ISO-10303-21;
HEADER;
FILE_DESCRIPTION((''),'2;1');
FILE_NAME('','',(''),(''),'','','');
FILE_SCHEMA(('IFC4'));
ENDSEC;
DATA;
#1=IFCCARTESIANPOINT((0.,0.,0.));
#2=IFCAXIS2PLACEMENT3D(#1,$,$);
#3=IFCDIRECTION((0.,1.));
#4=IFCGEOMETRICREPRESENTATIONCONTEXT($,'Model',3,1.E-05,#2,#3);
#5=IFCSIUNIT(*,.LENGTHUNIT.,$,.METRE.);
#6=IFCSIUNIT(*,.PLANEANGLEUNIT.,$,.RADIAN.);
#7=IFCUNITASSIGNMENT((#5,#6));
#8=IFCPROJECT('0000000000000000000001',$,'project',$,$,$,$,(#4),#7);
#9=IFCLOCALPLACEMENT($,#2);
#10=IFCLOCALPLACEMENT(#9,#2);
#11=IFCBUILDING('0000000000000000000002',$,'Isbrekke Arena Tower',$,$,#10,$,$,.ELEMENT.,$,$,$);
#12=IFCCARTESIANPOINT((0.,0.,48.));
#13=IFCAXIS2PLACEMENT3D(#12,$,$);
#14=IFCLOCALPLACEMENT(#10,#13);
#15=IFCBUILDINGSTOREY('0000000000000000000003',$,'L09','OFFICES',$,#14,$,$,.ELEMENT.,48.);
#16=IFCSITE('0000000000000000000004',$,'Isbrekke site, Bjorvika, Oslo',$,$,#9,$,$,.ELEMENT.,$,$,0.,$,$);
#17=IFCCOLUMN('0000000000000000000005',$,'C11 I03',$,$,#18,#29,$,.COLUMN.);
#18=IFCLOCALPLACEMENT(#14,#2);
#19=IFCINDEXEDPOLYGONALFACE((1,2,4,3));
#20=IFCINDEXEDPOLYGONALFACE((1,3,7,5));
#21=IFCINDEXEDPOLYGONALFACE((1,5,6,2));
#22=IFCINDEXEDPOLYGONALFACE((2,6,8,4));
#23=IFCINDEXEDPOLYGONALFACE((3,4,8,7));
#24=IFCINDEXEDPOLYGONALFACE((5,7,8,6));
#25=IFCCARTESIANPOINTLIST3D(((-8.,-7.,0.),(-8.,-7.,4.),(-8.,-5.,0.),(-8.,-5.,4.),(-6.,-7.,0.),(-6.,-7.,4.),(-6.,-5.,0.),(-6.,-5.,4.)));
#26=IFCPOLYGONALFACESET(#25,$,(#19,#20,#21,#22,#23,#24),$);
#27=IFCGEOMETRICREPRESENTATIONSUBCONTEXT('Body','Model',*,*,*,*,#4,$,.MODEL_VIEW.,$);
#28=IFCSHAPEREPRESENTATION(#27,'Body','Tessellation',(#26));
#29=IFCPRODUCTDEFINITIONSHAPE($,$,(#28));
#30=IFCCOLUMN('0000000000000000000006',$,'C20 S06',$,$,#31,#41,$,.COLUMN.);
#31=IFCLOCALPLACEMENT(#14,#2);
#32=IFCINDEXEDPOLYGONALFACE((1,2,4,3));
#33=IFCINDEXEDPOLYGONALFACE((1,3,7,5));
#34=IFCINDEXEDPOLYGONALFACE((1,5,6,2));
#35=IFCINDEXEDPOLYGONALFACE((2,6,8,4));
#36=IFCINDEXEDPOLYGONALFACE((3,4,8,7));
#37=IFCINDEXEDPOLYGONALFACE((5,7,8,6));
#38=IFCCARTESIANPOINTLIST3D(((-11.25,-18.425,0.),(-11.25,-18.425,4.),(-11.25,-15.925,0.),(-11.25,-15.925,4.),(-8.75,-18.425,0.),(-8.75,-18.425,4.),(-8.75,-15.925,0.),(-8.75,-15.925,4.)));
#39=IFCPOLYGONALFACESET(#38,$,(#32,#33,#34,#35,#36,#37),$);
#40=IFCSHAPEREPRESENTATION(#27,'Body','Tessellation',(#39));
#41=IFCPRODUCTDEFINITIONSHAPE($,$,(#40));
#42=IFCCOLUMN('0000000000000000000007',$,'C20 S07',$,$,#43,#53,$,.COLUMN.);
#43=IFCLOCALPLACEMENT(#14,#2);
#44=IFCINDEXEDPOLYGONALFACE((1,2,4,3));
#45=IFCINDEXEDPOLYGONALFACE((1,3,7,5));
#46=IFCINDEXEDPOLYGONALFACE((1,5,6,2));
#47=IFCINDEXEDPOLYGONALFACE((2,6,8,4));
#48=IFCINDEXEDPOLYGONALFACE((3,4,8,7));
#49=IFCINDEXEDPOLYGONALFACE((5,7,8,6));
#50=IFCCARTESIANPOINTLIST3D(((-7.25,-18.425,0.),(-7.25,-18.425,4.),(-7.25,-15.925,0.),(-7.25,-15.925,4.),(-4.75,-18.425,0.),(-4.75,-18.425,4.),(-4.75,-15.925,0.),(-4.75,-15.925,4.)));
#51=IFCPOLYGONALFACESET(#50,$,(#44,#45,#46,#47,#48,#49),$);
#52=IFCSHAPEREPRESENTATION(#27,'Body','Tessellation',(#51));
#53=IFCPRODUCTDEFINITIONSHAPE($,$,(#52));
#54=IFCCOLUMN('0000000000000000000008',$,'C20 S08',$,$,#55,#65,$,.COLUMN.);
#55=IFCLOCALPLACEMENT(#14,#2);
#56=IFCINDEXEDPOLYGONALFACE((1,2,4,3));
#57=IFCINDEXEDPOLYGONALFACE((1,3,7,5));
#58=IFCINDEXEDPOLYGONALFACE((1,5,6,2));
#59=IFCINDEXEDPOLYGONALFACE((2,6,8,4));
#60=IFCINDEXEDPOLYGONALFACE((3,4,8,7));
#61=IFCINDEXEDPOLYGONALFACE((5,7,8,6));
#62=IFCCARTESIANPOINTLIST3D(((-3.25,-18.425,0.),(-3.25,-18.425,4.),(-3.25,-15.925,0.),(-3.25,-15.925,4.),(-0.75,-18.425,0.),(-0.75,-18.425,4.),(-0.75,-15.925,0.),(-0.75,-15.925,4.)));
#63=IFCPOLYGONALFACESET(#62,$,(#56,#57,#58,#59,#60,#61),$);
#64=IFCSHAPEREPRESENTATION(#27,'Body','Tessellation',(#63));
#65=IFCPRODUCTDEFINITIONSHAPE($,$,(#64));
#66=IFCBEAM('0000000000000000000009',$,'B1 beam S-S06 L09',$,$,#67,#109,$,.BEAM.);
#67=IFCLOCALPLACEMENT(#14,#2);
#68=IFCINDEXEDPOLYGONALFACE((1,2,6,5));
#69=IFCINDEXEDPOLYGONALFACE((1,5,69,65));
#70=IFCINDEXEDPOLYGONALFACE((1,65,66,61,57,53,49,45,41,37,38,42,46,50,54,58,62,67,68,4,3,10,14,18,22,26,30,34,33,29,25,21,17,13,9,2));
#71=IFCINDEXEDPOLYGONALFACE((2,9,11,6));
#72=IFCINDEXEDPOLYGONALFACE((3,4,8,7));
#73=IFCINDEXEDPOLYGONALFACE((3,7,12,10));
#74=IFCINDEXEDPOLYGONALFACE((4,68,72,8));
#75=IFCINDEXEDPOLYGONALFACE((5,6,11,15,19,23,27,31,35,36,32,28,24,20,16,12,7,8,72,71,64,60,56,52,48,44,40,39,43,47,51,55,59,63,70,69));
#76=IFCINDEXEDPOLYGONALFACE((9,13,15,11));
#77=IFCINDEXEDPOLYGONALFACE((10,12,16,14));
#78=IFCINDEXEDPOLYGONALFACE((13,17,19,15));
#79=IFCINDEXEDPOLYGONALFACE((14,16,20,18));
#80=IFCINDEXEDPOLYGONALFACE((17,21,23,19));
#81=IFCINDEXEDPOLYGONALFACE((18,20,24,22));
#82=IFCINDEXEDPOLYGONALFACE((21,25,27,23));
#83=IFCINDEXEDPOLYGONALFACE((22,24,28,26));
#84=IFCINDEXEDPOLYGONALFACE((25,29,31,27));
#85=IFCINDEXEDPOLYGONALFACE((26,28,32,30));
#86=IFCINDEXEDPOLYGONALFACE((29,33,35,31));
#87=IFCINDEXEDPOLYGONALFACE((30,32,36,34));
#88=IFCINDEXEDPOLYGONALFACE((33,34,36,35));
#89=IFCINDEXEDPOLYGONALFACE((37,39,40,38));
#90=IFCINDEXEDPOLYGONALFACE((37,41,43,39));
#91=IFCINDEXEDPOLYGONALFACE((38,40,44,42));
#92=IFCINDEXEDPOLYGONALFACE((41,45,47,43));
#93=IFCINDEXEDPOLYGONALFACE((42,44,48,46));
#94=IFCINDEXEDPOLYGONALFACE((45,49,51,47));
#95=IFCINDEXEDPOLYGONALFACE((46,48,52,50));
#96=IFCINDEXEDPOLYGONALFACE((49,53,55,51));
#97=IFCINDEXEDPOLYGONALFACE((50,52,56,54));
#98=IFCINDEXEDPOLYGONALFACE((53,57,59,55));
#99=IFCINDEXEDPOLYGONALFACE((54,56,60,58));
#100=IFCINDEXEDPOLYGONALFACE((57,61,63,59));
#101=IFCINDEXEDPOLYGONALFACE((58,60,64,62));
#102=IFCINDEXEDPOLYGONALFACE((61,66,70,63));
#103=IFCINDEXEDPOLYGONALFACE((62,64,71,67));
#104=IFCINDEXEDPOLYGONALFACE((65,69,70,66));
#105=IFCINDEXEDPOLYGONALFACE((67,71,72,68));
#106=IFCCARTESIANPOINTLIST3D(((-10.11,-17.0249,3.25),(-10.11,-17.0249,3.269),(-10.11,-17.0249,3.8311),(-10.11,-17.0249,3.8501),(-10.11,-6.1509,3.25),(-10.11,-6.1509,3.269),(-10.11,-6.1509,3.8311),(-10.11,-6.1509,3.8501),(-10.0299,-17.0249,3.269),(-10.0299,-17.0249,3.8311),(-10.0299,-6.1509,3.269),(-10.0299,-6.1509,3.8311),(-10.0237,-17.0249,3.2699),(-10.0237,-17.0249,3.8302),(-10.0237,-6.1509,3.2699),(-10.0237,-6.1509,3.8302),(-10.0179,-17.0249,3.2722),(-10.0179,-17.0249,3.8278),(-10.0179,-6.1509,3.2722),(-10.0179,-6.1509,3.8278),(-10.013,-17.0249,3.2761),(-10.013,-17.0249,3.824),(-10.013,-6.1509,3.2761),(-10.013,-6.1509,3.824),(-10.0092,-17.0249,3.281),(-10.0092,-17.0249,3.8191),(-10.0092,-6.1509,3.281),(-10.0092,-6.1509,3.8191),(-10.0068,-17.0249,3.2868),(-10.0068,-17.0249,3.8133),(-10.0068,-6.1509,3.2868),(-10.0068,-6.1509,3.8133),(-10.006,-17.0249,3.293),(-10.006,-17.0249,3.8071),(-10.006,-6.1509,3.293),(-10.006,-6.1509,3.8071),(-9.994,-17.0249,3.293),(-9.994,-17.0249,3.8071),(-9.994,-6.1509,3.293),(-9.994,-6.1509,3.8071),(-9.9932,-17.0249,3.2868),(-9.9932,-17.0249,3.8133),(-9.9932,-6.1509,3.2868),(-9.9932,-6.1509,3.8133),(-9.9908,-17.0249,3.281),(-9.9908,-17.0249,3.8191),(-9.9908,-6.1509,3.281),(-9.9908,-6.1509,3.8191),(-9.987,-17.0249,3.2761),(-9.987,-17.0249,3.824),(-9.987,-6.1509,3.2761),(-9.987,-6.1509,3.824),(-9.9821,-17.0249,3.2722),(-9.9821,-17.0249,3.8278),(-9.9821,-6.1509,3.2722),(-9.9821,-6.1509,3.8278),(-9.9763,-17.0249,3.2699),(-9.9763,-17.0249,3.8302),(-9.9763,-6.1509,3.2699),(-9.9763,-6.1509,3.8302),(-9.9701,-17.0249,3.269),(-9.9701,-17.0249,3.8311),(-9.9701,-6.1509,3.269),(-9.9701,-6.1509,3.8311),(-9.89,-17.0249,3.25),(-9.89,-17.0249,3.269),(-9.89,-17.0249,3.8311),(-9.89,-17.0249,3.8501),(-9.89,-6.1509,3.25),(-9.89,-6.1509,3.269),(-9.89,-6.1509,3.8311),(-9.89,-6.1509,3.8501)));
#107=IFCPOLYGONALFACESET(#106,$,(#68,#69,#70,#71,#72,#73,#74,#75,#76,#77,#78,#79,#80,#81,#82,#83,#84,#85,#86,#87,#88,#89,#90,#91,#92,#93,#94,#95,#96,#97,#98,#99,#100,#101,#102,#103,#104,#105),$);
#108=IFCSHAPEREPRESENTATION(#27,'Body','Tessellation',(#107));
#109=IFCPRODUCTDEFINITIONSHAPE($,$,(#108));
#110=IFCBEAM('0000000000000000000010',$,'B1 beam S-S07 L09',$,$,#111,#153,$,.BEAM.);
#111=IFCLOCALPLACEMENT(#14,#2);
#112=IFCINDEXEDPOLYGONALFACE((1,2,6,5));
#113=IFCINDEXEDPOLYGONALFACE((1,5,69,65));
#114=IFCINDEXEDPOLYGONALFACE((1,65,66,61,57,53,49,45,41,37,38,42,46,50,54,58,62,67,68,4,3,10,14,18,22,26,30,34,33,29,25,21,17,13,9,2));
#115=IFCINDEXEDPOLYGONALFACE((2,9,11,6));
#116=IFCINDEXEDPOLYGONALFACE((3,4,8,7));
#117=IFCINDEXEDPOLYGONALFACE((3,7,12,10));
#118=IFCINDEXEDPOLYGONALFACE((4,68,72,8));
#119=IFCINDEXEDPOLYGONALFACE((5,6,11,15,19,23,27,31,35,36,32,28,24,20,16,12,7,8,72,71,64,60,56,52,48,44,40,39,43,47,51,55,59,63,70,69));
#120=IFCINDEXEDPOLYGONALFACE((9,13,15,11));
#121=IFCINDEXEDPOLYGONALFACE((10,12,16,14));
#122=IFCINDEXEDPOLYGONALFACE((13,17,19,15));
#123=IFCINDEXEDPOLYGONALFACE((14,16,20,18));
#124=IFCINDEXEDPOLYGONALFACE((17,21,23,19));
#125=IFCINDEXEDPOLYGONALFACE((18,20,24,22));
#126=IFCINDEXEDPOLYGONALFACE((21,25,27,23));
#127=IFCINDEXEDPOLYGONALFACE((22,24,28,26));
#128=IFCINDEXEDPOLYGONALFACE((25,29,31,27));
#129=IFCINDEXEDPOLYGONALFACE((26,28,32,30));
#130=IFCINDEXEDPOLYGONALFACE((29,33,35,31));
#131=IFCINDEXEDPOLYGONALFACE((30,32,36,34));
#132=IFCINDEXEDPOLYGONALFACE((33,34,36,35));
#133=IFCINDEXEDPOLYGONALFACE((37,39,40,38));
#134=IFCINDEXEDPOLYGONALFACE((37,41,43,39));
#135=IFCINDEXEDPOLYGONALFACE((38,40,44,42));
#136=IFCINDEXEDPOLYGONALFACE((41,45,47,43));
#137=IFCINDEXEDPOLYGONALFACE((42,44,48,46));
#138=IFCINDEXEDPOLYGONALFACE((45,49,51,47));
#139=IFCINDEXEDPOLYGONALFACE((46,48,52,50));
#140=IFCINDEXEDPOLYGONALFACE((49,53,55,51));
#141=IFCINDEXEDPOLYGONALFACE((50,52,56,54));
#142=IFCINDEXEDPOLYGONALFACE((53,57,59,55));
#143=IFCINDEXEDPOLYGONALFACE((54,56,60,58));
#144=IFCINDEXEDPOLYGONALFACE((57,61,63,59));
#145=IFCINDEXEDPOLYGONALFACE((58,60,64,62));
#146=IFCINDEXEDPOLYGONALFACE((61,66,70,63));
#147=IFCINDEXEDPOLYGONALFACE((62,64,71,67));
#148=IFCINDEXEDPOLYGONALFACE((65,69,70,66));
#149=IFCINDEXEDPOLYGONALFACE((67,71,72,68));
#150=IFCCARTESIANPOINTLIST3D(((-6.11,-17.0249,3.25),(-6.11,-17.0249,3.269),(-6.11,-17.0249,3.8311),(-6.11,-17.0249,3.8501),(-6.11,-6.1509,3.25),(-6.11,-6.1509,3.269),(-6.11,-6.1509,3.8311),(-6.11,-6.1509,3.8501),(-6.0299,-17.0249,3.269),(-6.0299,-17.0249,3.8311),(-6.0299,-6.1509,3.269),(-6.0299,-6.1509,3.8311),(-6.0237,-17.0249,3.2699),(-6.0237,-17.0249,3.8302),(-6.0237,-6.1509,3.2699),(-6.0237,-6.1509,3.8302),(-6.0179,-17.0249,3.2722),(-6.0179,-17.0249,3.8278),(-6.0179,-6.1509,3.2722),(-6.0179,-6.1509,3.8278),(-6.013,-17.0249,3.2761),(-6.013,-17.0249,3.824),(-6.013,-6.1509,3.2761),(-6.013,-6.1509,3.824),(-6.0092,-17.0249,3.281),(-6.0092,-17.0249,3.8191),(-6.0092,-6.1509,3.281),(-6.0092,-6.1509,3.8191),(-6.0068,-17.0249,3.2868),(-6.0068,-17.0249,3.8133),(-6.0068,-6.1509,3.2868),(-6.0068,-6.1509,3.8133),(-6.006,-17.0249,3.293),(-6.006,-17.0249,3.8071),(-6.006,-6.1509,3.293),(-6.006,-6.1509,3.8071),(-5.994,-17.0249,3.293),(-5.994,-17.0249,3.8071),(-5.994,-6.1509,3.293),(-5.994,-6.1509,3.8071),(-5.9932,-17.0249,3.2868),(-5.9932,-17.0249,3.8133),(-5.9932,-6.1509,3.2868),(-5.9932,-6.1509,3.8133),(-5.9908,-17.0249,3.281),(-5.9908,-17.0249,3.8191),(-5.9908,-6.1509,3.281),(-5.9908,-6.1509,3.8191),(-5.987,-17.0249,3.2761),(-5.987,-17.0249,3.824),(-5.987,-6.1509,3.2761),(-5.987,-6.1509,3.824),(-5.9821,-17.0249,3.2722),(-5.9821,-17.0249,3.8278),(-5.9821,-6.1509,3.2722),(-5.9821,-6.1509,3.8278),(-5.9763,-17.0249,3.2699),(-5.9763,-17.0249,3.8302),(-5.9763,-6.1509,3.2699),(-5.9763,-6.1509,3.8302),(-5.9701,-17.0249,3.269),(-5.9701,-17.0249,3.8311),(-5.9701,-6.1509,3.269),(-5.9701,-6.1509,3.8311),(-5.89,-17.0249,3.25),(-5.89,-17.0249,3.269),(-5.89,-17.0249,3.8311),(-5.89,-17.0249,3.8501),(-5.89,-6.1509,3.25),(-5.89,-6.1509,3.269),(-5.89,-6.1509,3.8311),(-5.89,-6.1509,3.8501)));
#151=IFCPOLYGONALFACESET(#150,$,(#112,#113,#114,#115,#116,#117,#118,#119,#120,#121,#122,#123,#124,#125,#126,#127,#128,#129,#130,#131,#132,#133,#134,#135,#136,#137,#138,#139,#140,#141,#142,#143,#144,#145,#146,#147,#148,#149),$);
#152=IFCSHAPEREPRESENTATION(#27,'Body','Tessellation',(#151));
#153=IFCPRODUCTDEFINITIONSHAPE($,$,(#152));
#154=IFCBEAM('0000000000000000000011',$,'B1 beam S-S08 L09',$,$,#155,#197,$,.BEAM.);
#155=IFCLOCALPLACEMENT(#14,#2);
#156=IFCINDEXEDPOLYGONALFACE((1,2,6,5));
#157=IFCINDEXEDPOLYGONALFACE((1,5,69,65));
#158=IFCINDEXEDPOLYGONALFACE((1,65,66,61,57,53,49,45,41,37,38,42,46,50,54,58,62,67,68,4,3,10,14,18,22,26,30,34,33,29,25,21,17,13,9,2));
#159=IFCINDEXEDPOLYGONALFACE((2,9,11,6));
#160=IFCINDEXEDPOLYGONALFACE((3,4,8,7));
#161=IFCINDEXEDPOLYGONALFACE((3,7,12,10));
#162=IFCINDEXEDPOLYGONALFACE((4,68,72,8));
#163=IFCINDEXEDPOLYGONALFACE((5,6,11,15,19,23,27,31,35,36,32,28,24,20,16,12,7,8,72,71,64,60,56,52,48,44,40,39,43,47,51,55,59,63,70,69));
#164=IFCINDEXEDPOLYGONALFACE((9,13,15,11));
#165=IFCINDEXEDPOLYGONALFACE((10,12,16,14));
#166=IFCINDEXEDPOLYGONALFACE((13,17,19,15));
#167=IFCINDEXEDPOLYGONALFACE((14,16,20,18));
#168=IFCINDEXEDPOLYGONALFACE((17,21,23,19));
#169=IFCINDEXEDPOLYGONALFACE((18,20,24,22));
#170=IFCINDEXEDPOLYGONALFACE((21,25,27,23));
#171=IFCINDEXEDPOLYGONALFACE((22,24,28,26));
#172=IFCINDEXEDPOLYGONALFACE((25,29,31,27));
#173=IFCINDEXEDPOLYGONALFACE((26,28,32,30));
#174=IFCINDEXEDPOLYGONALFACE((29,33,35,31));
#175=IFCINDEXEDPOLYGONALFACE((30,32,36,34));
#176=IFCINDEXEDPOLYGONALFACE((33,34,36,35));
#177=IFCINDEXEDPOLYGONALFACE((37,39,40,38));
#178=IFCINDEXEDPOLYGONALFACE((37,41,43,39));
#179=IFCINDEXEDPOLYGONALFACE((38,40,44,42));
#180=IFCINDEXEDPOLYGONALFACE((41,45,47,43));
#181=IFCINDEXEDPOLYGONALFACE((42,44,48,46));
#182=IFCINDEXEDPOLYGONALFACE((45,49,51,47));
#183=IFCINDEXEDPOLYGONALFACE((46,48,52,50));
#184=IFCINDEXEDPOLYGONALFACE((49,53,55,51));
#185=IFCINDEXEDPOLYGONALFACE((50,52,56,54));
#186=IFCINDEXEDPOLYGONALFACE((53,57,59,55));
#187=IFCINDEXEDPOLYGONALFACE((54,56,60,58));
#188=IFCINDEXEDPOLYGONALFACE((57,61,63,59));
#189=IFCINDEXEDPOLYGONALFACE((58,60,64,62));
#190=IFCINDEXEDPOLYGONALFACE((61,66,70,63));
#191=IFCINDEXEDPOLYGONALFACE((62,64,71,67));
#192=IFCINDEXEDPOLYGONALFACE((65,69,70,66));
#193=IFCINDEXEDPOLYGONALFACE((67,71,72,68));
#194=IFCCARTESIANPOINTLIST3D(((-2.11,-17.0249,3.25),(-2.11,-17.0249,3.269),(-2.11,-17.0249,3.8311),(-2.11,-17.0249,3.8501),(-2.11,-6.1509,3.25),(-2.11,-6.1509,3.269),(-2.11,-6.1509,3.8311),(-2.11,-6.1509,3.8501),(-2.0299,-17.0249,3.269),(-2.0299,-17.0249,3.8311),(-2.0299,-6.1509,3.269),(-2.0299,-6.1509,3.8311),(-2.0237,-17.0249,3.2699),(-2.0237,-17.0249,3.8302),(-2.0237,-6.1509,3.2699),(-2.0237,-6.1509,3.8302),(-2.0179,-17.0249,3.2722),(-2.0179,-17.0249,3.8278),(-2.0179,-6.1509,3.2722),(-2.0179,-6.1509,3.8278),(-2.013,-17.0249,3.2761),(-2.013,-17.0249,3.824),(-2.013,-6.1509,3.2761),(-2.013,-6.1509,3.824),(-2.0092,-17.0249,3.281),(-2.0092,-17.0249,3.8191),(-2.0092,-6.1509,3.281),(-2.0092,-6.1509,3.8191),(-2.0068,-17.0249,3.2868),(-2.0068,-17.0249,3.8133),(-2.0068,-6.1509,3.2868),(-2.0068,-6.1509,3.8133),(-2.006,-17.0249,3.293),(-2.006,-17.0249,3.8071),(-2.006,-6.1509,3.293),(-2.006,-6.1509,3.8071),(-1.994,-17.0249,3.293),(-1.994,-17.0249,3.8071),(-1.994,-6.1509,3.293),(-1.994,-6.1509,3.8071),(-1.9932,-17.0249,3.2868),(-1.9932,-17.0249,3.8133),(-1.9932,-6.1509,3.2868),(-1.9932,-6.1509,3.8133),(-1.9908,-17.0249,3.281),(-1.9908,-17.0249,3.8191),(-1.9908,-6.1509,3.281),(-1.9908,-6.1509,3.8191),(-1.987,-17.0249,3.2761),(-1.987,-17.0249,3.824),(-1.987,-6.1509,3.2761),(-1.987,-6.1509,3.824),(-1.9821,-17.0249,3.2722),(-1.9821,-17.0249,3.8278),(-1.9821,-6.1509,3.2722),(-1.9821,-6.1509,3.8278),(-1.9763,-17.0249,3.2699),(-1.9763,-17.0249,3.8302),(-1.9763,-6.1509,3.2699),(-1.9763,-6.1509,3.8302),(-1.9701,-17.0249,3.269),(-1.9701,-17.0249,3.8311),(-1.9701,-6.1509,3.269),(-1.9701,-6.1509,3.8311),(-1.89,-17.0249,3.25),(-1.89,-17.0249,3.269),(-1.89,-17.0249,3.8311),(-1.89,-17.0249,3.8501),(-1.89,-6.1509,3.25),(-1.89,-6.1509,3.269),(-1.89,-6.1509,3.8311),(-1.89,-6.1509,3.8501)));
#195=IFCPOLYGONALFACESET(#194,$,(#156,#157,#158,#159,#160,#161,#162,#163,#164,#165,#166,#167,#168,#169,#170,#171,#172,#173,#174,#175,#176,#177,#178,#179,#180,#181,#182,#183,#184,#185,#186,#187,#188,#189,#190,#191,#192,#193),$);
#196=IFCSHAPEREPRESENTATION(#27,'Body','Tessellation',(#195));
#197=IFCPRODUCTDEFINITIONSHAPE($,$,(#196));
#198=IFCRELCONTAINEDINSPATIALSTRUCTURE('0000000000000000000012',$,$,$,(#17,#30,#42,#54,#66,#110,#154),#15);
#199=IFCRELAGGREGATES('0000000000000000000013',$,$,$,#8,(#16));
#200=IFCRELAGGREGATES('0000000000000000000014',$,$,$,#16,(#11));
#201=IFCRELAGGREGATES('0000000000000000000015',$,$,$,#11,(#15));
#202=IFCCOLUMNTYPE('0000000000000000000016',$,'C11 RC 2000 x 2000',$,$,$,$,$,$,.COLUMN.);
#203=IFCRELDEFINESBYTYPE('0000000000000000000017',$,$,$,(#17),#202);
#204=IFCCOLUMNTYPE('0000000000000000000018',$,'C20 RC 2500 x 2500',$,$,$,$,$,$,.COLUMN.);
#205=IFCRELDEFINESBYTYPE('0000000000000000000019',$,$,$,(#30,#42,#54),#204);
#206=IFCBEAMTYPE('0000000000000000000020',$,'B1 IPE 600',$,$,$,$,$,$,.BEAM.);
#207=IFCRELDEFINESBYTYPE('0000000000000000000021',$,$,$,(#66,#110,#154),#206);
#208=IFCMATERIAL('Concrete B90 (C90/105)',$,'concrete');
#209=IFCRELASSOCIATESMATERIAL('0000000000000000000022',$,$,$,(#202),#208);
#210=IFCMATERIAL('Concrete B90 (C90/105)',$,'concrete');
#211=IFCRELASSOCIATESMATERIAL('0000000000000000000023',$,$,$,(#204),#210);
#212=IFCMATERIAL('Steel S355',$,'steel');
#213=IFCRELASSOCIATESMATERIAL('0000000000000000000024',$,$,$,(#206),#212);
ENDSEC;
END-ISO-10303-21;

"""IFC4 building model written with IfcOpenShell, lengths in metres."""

from ifc_helpers import new_model, si_unit, direction, frame, origin, origin_2d, place, context, subcontext, project, spatial, rectangle, i_section, extrude, material, material_profile, profile_set, type_object, element, save


model = new_model("IFC4")

# Units and contexts
model_context = context("Model", 3, precision=1e-05, world=origin(), true_north=direction((0.0, 1.0)))
body_context = subcontext(model_context, "Body", "Model", "MODEL_VIEW")
ifc_project = project(units=[si_unit("LENGTHUNIT", "METRE"), si_unit("PLANEANGLEUNIT", "RADIAN")], contexts=[model_context])

# Site, building, storey
site_placement = place(None, origin())
site = spatial("IfcSite", under=ifc_project, at=site_placement, Name="Isbrekke site, Bjorvika, Oslo", CompositionType="ELEMENT", RefElevation=0.0)
building_placement = place(site_placement, origin())
building = spatial("IfcBuilding", under=site, at=building_placement, Name="Isbrekke Arena Tower", CompositionType="ELEMENT")
storey_placement = place(building_placement, frame((0.0, 0.0, 48.0)))
storey = spatial("IfcBuildingStorey", under=building, at=storey_placement, Name="L09", Description="OFFICES", CompositionType="ELEMENT", Elevation=48.0)

# Columns
ifc_material_1 = material(Name="Concrete B90 (C90/105)", Category="concrete")
ifc_material_profile_1 = material_profile(ifc_material_1, rectangle(XDim=2.0, YDim=2.0, at=origin_2d()), Name="RC 2000x2000")
ifc_profile_set_1 = profile_set([ifc_material_profile_1], Name="Concrete B90 (C90/105)")
column_type_1 = type_object("IfcColumnType", Name="C11 RC 2000 x 2000", PredefinedType="COLUMN", material=ifc_profile_set_1)
column_placement = place(storey_placement, frame((-7.0, -6.0, 0.0), z_axis=(0.0, 0.0, 1.0), x_axis=(1.0, 0.0, 0.0)))
element("IfcColumn", 1, at=column_placement, inside=storey, type_object=column_type_1, Name="C11 I03", PredefinedType="COLUMN", context=body_context, shape_type="SweptSolid", body=[
    extrude(rectangle(XDim=2.0, YDim=2.0, at=origin_2d()), origin(), (0.0, 0.0, 1.0), 4.0),
])
ifc_material_2 = material(Name="Concrete B90 (C90/105)", Category="concrete")
ifc_material_profile_2 = material_profile(ifc_material_2, rectangle(XDim=2.5, YDim=2.5, at=origin_2d()), Name="RC 2500x2500")
ifc_profile_set_2 = profile_set([ifc_material_profile_2], Name="Concrete B90 (C90/105)")
column_type_2 = type_object("IfcColumnType", Name="C20 RC 2500 x 2500", PredefinedType="COLUMN", material=ifc_profile_set_2)
for number, where, z_axis, x_axis, name in (
    (2, (-10.0, -17.175, 0.0), (0.0, 0.0, 1.0), (1.0, 0.0, 0.0), "C20 S06"),
    (3, (-6.0, -17.175, 0.0), (0.0, 0.0, 1.0), (1.0, 0.0, 0.0), "C20 S07"),
    (4, (-2.0, -17.175, 0.0), (0.0, 0.0, 1.0), (1.0, 0.0, 0.0), "C20 S08"),
):
    element("IfcColumn", number, at=place(storey_placement, frame(where, z_axis=z_axis, x_axis=x_axis)), inside=storey, type_object=column_type_2, Name=name, PredefinedType="COLUMN", context=body_context, shape_type="SweptSolid", body=[
        extrude(rectangle(XDim=2.5, YDim=2.5, at=origin_2d()), origin(), (0.0, 0.0, 1.0), 4.0),
    ])

# Beams
ifc_material_3 = material(Name="Steel S355", Category="steel")
ifc_material_profile_3 = material_profile(ifc_material_3, i_section(OverallWidth=0.22, OverallDepth=0.6001, WebThickness=0.012, FlangeThickness=0.019, FilletRadius=0.0239, at=origin_2d()), Name="IPE 600")
ifc_profile_set_3 = profile_set([ifc_material_profile_3], Name="Steel S355")
beam_type_1 = type_object("IfcBeamType", Name="B1 IPE 600", PredefinedType="BEAM", material=ifc_profile_set_3)
for number, where, z_axis, x_axis, name in (
    (5, (-10.0, -17.0249, 3.55), (0.0, 1.0, 0.0), (-1.0, 0.0, 0.0), "B1 beam S-S06 L09"),
    (6, (-6.0, -17.0249, 3.55), (0.0, 1.0, 0.0), (-1.0, 0.0, 0.0), "B1 beam S-S07 L09"),
    (7, (-2.0, -17.0249, 3.55), (0.0, 1.0, 0.0), (-1.0, 0.0, 0.0), "B1 beam S-S08 L09"),
):
    element("IfcBeam", number, at=place(storey_placement, frame(where, z_axis=z_axis, x_axis=x_axis)), inside=storey, type_object=beam_type_1, Name=name, PredefinedType="BEAM", context=body_context, shape_type="SweptSolid", body=[
        extrude(i_section(OverallWidth=0.22, OverallDepth=0.6001, WebThickness=0.012, FlangeThickness=0.019, FilletRadius=0.0239, at=origin_2d()), origin(), (0.0, 0.0, 1.0), 10.874),
    ])

save(model, "model.ifc")
